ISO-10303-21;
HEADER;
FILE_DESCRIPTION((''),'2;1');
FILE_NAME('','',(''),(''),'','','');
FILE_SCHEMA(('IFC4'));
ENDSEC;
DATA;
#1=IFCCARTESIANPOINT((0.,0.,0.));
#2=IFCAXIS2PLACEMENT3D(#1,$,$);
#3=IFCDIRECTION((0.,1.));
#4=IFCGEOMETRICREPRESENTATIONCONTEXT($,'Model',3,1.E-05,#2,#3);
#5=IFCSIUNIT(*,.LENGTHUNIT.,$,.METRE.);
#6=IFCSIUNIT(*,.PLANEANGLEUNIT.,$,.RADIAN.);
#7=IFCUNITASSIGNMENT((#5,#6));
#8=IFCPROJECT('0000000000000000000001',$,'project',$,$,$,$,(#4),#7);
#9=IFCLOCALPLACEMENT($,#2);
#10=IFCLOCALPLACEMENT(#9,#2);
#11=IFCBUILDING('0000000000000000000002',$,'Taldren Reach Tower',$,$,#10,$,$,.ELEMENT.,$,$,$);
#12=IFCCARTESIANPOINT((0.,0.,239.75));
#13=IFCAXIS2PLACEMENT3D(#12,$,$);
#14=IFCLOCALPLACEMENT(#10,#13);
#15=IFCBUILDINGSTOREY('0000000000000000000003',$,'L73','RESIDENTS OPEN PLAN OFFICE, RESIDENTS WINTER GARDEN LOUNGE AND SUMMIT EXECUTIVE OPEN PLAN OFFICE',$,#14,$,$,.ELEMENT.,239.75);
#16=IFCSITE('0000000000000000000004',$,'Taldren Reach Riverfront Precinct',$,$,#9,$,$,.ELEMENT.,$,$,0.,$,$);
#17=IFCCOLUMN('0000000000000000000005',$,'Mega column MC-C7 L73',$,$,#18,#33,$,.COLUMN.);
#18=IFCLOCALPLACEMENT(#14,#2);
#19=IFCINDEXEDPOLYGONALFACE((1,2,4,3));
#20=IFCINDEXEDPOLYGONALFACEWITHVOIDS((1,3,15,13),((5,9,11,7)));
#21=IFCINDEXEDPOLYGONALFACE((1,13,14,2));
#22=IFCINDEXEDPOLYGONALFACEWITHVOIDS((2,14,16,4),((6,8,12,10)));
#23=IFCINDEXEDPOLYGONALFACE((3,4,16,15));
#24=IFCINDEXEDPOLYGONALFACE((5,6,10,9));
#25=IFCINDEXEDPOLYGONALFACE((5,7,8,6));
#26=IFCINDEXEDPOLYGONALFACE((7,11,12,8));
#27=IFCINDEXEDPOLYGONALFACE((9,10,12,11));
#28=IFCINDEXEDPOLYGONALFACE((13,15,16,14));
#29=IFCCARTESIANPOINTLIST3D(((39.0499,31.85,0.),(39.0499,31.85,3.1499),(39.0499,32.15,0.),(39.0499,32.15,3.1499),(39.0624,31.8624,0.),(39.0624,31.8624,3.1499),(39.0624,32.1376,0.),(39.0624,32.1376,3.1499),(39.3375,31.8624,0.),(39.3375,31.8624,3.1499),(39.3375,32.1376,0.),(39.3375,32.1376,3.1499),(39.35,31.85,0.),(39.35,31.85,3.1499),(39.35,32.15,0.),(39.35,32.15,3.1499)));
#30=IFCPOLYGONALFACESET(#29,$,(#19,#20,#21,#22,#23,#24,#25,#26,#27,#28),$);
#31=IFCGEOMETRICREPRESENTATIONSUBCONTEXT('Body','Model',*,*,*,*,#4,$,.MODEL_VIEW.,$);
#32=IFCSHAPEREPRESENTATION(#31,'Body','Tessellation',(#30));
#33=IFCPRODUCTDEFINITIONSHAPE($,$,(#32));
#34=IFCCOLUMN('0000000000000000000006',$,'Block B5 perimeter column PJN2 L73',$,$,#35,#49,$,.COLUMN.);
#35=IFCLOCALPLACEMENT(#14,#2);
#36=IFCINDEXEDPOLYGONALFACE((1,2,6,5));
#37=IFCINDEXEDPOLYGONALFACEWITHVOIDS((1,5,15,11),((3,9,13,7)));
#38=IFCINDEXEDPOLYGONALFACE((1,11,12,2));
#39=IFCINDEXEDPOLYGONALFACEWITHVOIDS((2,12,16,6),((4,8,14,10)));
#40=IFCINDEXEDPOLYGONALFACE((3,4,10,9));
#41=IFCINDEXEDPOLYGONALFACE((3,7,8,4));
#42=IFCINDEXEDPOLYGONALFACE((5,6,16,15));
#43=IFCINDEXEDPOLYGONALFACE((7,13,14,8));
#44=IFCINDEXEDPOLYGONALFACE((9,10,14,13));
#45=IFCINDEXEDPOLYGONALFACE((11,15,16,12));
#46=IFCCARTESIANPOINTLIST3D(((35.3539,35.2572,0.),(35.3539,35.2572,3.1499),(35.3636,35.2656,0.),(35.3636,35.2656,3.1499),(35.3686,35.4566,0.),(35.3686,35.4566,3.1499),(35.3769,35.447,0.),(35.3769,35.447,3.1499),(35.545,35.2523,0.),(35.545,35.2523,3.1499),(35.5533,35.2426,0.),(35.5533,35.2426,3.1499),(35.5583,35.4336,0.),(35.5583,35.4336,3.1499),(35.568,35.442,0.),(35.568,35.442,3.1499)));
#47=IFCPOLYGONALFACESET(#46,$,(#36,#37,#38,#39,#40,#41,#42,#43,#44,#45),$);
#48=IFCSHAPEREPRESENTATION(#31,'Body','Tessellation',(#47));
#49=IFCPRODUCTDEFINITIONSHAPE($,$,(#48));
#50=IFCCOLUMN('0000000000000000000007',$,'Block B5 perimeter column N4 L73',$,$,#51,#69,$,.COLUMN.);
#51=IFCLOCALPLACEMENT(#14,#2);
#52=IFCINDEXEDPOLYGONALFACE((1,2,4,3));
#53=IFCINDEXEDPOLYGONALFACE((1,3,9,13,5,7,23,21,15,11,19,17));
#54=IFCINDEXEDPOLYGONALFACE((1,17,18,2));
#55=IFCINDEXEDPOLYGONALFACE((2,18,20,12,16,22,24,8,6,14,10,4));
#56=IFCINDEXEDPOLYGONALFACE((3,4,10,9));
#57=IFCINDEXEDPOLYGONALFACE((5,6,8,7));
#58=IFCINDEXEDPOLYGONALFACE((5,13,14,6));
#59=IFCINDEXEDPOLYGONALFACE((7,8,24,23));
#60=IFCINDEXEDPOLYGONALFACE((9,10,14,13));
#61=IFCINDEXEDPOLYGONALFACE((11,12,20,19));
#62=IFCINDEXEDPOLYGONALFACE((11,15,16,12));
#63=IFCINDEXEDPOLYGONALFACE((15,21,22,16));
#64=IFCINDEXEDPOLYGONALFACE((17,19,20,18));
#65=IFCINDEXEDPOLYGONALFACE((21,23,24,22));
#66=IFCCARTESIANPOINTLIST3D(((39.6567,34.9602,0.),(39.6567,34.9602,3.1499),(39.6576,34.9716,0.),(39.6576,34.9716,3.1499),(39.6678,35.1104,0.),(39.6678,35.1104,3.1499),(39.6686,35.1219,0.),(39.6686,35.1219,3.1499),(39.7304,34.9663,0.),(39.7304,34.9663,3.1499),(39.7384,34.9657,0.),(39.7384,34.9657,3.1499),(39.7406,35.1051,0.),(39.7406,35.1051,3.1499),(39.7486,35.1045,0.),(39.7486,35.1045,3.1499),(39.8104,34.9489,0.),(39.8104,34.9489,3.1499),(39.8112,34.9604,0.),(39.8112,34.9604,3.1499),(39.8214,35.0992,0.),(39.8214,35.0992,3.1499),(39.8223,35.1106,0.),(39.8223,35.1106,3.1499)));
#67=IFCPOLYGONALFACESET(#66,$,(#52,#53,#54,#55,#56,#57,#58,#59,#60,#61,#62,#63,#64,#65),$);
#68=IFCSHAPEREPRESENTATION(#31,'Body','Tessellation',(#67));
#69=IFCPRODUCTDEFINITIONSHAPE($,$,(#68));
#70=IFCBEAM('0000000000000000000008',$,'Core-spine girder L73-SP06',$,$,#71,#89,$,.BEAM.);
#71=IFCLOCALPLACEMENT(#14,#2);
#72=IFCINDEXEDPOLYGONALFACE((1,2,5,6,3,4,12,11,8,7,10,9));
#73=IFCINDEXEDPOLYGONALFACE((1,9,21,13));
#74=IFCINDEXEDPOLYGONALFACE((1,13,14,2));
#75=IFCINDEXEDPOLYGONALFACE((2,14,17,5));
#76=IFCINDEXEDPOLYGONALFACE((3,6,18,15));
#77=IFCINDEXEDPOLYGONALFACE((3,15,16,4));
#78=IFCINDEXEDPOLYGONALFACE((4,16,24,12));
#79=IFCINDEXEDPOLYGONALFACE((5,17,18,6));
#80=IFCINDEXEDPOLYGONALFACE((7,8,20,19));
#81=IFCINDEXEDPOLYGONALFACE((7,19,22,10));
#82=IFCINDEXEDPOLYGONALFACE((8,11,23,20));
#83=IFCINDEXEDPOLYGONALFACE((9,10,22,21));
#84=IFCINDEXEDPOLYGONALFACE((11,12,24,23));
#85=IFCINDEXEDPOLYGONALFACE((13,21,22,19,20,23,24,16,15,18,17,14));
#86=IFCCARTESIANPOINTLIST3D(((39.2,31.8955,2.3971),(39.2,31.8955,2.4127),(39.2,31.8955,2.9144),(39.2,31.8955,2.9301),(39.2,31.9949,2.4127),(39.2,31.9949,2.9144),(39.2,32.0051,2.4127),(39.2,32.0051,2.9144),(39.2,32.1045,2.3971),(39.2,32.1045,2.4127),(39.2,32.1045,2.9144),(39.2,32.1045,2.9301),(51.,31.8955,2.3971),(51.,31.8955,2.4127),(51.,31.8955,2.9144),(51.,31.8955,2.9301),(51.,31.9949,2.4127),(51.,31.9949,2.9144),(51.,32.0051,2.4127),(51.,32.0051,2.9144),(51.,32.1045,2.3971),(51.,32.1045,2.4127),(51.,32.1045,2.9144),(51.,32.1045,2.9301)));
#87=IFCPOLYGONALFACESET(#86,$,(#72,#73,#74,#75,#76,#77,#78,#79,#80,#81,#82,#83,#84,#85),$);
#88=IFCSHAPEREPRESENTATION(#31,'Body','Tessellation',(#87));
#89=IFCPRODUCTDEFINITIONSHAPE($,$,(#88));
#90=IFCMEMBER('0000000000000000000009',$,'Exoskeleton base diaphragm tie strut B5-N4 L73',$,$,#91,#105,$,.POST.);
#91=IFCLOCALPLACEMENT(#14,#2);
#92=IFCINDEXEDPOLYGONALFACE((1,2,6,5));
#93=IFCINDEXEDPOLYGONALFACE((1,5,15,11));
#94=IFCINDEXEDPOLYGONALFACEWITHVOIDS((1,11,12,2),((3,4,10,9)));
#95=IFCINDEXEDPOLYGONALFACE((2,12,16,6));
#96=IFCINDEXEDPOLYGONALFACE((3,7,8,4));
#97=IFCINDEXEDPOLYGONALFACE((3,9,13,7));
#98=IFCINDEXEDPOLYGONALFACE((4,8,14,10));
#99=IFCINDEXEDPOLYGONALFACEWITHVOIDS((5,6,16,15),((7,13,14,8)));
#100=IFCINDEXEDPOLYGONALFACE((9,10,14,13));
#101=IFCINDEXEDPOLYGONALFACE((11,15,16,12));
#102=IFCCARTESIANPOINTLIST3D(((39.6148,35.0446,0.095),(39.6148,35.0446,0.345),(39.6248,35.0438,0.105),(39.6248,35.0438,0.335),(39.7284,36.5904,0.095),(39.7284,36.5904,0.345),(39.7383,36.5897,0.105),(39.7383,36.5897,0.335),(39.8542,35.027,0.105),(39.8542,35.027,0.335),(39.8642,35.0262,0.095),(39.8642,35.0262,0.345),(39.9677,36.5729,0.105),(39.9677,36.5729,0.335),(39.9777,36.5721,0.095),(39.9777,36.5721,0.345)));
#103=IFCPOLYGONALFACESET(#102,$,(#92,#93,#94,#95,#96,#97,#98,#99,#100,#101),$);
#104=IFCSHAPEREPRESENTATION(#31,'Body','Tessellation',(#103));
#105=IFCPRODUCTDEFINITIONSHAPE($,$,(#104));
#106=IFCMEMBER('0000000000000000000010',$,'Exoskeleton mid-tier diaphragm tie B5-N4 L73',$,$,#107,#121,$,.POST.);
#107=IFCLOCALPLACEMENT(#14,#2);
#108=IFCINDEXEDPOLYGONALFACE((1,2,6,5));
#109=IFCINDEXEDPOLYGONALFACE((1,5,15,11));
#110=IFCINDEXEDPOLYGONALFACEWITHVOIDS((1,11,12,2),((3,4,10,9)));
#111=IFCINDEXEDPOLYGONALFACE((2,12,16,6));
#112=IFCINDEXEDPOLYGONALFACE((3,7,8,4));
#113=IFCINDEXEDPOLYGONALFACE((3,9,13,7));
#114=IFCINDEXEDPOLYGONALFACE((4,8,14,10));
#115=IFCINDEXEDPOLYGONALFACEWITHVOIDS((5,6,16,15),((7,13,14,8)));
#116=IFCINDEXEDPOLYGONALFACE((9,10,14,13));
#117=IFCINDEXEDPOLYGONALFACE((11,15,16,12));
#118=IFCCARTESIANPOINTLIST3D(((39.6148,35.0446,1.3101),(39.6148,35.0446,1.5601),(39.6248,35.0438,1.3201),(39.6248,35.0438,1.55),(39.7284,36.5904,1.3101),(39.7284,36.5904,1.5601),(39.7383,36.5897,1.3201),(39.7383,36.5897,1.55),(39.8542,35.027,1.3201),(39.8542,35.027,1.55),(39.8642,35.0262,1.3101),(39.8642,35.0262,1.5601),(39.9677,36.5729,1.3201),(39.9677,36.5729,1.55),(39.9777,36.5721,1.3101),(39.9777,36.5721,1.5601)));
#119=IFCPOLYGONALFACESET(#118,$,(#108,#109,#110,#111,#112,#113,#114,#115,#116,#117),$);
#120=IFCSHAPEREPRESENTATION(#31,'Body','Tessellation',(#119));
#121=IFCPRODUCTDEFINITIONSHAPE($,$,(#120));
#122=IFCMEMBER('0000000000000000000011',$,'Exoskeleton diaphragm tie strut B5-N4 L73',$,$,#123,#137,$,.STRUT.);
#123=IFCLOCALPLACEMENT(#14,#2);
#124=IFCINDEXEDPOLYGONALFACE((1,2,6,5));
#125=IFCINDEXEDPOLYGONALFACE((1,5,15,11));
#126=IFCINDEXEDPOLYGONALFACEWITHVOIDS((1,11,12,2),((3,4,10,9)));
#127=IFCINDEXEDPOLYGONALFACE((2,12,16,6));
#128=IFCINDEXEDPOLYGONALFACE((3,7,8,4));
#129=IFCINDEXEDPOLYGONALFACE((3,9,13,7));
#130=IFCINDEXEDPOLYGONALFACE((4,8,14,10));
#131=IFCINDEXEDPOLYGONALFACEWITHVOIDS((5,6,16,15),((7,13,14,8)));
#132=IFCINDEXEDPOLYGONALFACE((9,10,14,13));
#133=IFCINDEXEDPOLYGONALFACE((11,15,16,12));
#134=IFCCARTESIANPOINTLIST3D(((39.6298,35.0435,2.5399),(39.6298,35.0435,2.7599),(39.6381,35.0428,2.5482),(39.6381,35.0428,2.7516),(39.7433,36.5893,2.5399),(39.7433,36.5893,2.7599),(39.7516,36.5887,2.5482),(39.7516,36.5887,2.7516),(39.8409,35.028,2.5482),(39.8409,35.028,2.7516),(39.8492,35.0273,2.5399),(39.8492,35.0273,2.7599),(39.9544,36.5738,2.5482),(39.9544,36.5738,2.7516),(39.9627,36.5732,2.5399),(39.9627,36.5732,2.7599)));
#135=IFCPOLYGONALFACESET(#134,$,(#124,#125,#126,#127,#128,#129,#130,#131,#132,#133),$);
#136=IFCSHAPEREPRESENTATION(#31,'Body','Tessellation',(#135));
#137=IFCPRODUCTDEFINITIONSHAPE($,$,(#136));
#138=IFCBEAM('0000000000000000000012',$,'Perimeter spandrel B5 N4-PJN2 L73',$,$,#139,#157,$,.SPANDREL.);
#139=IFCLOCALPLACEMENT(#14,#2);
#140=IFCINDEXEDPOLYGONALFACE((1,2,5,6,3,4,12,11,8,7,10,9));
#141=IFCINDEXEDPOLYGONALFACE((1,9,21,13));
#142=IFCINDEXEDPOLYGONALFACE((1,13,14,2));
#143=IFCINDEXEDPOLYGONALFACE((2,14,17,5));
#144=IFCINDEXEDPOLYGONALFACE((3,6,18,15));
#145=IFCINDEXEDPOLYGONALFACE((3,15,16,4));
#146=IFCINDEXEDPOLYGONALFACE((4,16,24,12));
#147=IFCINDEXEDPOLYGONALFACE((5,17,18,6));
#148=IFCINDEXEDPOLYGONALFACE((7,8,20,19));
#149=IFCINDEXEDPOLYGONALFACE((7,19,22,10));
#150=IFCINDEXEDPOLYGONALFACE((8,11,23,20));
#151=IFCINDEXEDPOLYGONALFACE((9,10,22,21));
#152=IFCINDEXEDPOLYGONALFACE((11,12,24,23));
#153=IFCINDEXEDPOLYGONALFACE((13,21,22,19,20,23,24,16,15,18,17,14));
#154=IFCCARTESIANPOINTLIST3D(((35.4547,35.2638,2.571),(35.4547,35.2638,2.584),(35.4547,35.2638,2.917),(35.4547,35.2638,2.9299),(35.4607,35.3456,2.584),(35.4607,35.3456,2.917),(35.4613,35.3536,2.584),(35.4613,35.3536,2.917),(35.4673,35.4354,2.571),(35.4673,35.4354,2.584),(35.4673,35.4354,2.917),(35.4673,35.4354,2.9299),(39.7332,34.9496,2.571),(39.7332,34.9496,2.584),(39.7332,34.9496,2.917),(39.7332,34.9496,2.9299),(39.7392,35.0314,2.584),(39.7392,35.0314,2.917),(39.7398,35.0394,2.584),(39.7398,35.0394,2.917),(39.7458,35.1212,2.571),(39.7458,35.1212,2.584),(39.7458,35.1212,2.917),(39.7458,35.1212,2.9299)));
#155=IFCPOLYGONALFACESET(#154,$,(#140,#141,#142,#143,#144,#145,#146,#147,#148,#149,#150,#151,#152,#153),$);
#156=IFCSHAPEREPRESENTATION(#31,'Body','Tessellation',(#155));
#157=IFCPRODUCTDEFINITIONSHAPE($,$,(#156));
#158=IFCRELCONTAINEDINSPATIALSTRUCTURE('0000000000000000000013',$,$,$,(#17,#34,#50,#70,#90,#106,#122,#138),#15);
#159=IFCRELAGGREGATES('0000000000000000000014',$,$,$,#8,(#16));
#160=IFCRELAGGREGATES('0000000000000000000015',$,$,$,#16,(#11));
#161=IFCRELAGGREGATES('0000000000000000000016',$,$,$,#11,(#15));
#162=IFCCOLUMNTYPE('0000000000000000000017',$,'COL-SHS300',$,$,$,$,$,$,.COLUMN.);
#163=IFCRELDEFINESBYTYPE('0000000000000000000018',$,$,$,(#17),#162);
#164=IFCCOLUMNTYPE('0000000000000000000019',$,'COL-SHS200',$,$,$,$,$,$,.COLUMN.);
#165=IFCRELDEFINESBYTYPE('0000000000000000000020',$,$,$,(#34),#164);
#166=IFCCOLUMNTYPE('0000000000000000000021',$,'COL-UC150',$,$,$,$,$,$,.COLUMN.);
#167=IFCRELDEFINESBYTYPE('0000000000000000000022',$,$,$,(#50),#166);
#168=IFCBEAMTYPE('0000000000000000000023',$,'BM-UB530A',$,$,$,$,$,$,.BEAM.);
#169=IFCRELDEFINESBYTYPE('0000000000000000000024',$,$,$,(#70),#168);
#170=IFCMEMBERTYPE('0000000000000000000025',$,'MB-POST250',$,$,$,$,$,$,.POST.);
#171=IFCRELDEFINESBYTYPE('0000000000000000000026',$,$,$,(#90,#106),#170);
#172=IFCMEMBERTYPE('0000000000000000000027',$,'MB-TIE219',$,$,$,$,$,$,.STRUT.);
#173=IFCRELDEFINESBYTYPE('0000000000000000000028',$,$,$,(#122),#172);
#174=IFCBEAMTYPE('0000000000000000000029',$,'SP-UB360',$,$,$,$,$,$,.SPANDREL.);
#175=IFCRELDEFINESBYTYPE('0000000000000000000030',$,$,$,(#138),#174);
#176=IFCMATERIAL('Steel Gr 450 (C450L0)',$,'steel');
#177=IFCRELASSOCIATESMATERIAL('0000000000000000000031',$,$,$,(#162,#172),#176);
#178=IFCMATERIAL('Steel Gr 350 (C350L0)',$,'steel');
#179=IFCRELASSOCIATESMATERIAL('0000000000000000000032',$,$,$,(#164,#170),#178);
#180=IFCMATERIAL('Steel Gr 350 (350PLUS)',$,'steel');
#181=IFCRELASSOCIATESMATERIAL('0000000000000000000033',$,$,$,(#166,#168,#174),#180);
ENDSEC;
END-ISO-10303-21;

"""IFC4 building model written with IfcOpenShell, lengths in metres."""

from ifc_helpers import new_model, si_unit, direction, frame, origin, origin_2d, place, context, subcontext, project, spatial, hollow_rectangle, i_section, extrude, source, transform, mapped, material, material_profile, profile_set, type_object, element, save


model = new_model("IFC4")

# Units and contexts
model_context = context("Model", 3, precision=1e-05, world=origin(), true_north=direction((0.0, 1.0)))
body_context = subcontext(model_context, "Body", "Model", "MODEL_VIEW")
ifc_project = project(units=[si_unit("LENGTHUNIT", "METRE"), si_unit("PLANEANGLEUNIT", "RADIAN")], contexts=[model_context])

# Site, building, storey
site_placement = place(None, origin())
site = spatial("IfcSite", under=ifc_project, at=site_placement, Name="Taldren Reach Riverfront Precinct", CompositionType="ELEMENT", RefElevation=0.0)
building_placement = place(site_placement, origin())
building = spatial("IfcBuilding", under=site, at=building_placement, Name="Taldren Reach Tower", CompositionType="ELEMENT")
storey_placement = place(building_placement, frame((0.0, 0.0, 239.75)))
storey = spatial("IfcBuildingStorey", under=building, at=storey_placement, Name="L73", Description="RESIDENTS OPEN PLAN OFFICE, RESIDENTS WINTER GARDEN LOUNGE AND SUMMIT EXECUTIVE OPEN PLAN OFFICE", CompositionType="ELEMENT", Elevation=239.75)

# Columns
ifc_material_1 = material(Name="Steel Gr 450 (C450L0)", Category="steel")
ifc_material_profile_1 = material_profile(ifc_material_1, hollow_rectangle(XDim=0.3, YDim=0.3, WallThickness=0.0125, at=origin_2d()), Name="300x300x12.5SHS")
ifc_profile_set_1 = profile_set([ifc_material_profile_1], Name="Steel Gr 450 (C450L0)")
column_type_1 = type_object("IfcColumnType", Name="COL-SHS300", PredefinedType="COLUMN", material=ifc_profile_set_1)
shared_shape_1 = source(origin(), body_context, "Body", "SweptSolid", [
    extrude(hollow_rectangle(XDim=0.3, YDim=0.3, WallThickness=0.0125, at=origin_2d()), origin(), (0.0, 0.0, 1.0), 3.1499),
])
column_1_placement = place(storey_placement, frame((39.2, 32.0, 0.0), z_axis=(0.0, 0.0, 1.0), x_axis=(1.0, 0.0, 0.0)))
element("IfcColumn", 1, at=column_1_placement, inside=storey, type_object=column_type_1, Name="Mega column MC-C7 L73", PredefinedType="COLUMN", context=body_context, shape_type="MappedRepresentation", body=[
    mapped(shared_shape_1, transform((0.0, 0.0, 0.0), scale=1.0)),
])
ifc_material_2 = material(Name="Steel Gr 350 (C350L0)", Category="steel")
ifc_material_profile_2 = material_profile(ifc_material_2, hollow_rectangle(XDim=0.2, YDim=0.2, WallThickness=0.009, at=origin_2d()), Name="200x200x9.0SHS")
ifc_profile_set_2 = profile_set([ifc_material_profile_2], Name="Steel Gr 350 (C350L0)")
column_type_2 = type_object("IfcColumnType", Name="COL-SHS200", PredefinedType="COLUMN", material=ifc_profile_set_2)
shared_shape_2 = source(origin(), body_context, "Body", "SweptSolid", [
    extrude(hollow_rectangle(XDim=0.2, YDim=0.2, WallThickness=0.009, at=origin_2d()), origin(), (0.0, 0.0, 1.0), 3.1499),
])
column_2_placement = place(storey_placement, frame((35.4609, 35.3496, 0.0), z_axis=(0.0, 0.0, 1.0), x_axis=(0.997314, -0.073238, 0.0)))
element("IfcColumn", 2, at=column_2_placement, inside=storey, type_object=column_type_2, Name="Block B5 perimeter column PJN2 L73", PredefinedType="COLUMN", context=body_context, shape_type="MappedRepresentation", body=[
    mapped(shared_shape_2, transform((0.0, 0.0, 0.0), scale=1.0)),
])
ifc_material_3 = material(Name="Steel Gr 350 (350PLUS)", Category="steel")
ifc_material_profile_3 = material_profile(ifc_material_3, i_section(OverallWidth=0.1541, OverallDepth=0.1621, WebThickness=0.0081, FlangeThickness=0.0115, at=origin_2d()), Name="150UC37.2")
ifc_profile_set_3 = profile_set([ifc_material_profile_3], Name="Steel Gr 350 (350PLUS)")
column_type_3 = type_object("IfcColumnType", Name="COL-UC150", PredefinedType="COLUMN", material=ifc_profile_set_3)
shared_shape_3 = source(origin(), body_context, "Body", "SweptSolid", [
    extrude(i_section(OverallWidth=0.1541, OverallDepth=0.1621, WebThickness=0.0081, FlangeThickness=0.0115, at=origin_2d()), origin(), (0.0, 0.0, 1.0), 3.1499),
])
column_3_placement = place(storey_placement, frame((39.7395, 35.0354, 0.0), z_axis=(0.0, 0.0, 1.0), x_axis=(0.997314, -0.073238, 0.0)))
element("IfcColumn", 3, at=column_3_placement, inside=storey, type_object=column_type_3, Name="Block B5 perimeter column N4 L73", PredefinedType="COLUMN", context=body_context, shape_type="MappedRepresentation", body=[
    mapped(shared_shape_3, transform((0.0, 0.0, 0.0), scale=1.0)),
])

# Beam
ifc_material_profile_4 = material_profile(ifc_material_3, i_section(OverallWidth=0.209, OverallDepth=0.533, WebThickness=0.0103, FlangeThickness=0.0156, at=origin_2d()), Name="530UB92.4")
ifc_profile_set_4 = profile_set([ifc_material_profile_4], Name="Steel Gr 350 (350PLUS)")
beam_type_1 = type_object("IfcBeamType", Name="BM-UB530A", PredefinedType="BEAM", material=ifc_profile_set_4)
shared_shape_4 = source(origin(), body_context, "Body", "SweptSolid", [
    extrude(i_section(OverallWidth=0.209, OverallDepth=0.533, WebThickness=0.0103, FlangeThickness=0.0156, at=origin_2d()), origin(), (0.0, 0.0, 1.0), 11.8),
])
beam_1_placement = place(storey_placement, frame((39.2, 32.0, 2.6636), z_axis=(1.0, 0.0, 0.0), x_axis=(0.0, 1.0, 0.0)))
element("IfcBeam", 4, at=beam_1_placement, inside=storey, type_object=beam_type_1, Name="Core-spine girder L73-SP06", PredefinedType="BEAM", context=body_context, shape_type="MappedRepresentation", body=[
    mapped(shared_shape_4, transform((0.0, 0.0, 0.0), scale=1.0)),
])

# Members
ifc_material_profile_5 = material_profile(ifc_material_2, hollow_rectangle(XDim=0.25, YDim=0.25, WallThickness=0.01, at=origin_2d()), Name="250x250x10.0SHS")
ifc_profile_set_5 = profile_set([ifc_material_profile_5], Name="Steel Gr 350 (C350L0)")
member_type_1 = type_object("IfcMemberType", Name="MB-POST250", PredefinedType="POST", material=ifc_profile_set_5)
shared_shape_5 = source(origin(), body_context, "Body", "SweptSolid", [
    extrude(hollow_rectangle(XDim=0.25, YDim=0.25, WallThickness=0.01, at=origin_2d()), origin(), (0.0, 0.0, 1.0), 1.55),
])
for number, where, z_axis, x_axis, name in (
    (5, (39.7395, 35.0354, 0.22), (0.073239, 0.997314, 0.0), (-0.997314, 0.073239, 0.0), "Exoskeleton base diaphragm tie strut B5-N4 L73"),
    (6, (39.7395, 35.0354, 1.4351), (0.073239, 0.997314, 0.0), (-0.997314, 0.073239, 0.0), "Exoskeleton mid-tier diaphragm tie B5-N4 L73"),
):
    element("IfcMember", number, at=place(storey_placement, frame(where, z_axis=z_axis, x_axis=x_axis)), inside=storey, type_object=member_type_1, Name=name, PredefinedType="POST", context=body_context, shape_type="MappedRepresentation", body=[
        mapped(shared_shape_5, transform((0.0, 0.0, 0.0), scale=1.0)),
    ])
ifc_material_profile_6 = material_profile(ifc_material_1, hollow_rectangle(XDim=0.22, YDim=0.22, WallThickness=0.0083, at=origin_2d()), Name="220x220x8.2SHS")
ifc_profile_set_6 = profile_set([ifc_material_profile_6], Name="Steel Gr 450 (C450L0)")
member_type_2 = type_object("IfcMemberType", Name="MB-TIE219", PredefinedType="STRUT", material=ifc_profile_set_6)
shared_shape_6 = source(origin(), body_context, "Body", "SweptSolid", [
    extrude(hollow_rectangle(XDim=0.22, YDim=0.22, WallThickness=0.0083, at=origin_2d()), origin(), (0.0, 0.0, 1.0), 1.55),
])
member_1_placement = place(storey_placement, frame((39.7395, 35.0354, 2.6499), z_axis=(0.073239, 0.997314, 0.0), x_axis=(-0.997314, 0.073239, 0.0)))
element("IfcMember", 7, at=member_1_placement, inside=storey, type_object=member_type_2, Name="Exoskeleton diaphragm tie strut B5-N4 L73", PredefinedType="STRUT", context=body_context, shape_type="MappedRepresentation", body=[
    mapped(shared_shape_6, transform((0.0, 0.0, 0.0), scale=1.0)),
])

# Beam
ifc_material_profile_7 = material_profile(ifc_material_3, i_section(OverallWidth=0.1721, OverallDepth=0.3589, WebThickness=0.0081, FlangeThickness=0.0129, at=origin_2d()), Name="360UB56.7")
ifc_profile_set_7 = profile_set([ifc_material_profile_7], Name="Steel Gr 350 (350PLUS)")
beam_type_2 = type_object("IfcBeamType", Name="SP-UB360", PredefinedType="SPANDREL", material=ifc_profile_set_7)
shared_shape_7 = source(origin(), body_context, "Body", "SweptSolid", [
    extrude(i_section(OverallWidth=0.1721, OverallDepth=0.3589, WebThickness=0.0081, FlangeThickness=0.0129, at=origin_2d()), origin(), (0.0, 0.0, 1.0), 4.29),
])
beam_2_placement = place(storey_placement, frame((39.7395, 35.0354, 2.7505), z_axis=(-0.997314, 0.073241, 0.0), x_axis=(-0.073241, -0.997314, 0.0)))
element("IfcBeam", 8, at=beam_2_placement, inside=storey, type_object=beam_type_2, Name="Perimeter spandrel B5 N4-PJN2 L73", PredefinedType="SPANDREL", context=body_context, shape_type="MappedRepresentation", body=[
    mapped(shared_shape_7, transform((0.0, 0.0, 0.0), scale=1.0)),
])

save(model, "model.ifc")
